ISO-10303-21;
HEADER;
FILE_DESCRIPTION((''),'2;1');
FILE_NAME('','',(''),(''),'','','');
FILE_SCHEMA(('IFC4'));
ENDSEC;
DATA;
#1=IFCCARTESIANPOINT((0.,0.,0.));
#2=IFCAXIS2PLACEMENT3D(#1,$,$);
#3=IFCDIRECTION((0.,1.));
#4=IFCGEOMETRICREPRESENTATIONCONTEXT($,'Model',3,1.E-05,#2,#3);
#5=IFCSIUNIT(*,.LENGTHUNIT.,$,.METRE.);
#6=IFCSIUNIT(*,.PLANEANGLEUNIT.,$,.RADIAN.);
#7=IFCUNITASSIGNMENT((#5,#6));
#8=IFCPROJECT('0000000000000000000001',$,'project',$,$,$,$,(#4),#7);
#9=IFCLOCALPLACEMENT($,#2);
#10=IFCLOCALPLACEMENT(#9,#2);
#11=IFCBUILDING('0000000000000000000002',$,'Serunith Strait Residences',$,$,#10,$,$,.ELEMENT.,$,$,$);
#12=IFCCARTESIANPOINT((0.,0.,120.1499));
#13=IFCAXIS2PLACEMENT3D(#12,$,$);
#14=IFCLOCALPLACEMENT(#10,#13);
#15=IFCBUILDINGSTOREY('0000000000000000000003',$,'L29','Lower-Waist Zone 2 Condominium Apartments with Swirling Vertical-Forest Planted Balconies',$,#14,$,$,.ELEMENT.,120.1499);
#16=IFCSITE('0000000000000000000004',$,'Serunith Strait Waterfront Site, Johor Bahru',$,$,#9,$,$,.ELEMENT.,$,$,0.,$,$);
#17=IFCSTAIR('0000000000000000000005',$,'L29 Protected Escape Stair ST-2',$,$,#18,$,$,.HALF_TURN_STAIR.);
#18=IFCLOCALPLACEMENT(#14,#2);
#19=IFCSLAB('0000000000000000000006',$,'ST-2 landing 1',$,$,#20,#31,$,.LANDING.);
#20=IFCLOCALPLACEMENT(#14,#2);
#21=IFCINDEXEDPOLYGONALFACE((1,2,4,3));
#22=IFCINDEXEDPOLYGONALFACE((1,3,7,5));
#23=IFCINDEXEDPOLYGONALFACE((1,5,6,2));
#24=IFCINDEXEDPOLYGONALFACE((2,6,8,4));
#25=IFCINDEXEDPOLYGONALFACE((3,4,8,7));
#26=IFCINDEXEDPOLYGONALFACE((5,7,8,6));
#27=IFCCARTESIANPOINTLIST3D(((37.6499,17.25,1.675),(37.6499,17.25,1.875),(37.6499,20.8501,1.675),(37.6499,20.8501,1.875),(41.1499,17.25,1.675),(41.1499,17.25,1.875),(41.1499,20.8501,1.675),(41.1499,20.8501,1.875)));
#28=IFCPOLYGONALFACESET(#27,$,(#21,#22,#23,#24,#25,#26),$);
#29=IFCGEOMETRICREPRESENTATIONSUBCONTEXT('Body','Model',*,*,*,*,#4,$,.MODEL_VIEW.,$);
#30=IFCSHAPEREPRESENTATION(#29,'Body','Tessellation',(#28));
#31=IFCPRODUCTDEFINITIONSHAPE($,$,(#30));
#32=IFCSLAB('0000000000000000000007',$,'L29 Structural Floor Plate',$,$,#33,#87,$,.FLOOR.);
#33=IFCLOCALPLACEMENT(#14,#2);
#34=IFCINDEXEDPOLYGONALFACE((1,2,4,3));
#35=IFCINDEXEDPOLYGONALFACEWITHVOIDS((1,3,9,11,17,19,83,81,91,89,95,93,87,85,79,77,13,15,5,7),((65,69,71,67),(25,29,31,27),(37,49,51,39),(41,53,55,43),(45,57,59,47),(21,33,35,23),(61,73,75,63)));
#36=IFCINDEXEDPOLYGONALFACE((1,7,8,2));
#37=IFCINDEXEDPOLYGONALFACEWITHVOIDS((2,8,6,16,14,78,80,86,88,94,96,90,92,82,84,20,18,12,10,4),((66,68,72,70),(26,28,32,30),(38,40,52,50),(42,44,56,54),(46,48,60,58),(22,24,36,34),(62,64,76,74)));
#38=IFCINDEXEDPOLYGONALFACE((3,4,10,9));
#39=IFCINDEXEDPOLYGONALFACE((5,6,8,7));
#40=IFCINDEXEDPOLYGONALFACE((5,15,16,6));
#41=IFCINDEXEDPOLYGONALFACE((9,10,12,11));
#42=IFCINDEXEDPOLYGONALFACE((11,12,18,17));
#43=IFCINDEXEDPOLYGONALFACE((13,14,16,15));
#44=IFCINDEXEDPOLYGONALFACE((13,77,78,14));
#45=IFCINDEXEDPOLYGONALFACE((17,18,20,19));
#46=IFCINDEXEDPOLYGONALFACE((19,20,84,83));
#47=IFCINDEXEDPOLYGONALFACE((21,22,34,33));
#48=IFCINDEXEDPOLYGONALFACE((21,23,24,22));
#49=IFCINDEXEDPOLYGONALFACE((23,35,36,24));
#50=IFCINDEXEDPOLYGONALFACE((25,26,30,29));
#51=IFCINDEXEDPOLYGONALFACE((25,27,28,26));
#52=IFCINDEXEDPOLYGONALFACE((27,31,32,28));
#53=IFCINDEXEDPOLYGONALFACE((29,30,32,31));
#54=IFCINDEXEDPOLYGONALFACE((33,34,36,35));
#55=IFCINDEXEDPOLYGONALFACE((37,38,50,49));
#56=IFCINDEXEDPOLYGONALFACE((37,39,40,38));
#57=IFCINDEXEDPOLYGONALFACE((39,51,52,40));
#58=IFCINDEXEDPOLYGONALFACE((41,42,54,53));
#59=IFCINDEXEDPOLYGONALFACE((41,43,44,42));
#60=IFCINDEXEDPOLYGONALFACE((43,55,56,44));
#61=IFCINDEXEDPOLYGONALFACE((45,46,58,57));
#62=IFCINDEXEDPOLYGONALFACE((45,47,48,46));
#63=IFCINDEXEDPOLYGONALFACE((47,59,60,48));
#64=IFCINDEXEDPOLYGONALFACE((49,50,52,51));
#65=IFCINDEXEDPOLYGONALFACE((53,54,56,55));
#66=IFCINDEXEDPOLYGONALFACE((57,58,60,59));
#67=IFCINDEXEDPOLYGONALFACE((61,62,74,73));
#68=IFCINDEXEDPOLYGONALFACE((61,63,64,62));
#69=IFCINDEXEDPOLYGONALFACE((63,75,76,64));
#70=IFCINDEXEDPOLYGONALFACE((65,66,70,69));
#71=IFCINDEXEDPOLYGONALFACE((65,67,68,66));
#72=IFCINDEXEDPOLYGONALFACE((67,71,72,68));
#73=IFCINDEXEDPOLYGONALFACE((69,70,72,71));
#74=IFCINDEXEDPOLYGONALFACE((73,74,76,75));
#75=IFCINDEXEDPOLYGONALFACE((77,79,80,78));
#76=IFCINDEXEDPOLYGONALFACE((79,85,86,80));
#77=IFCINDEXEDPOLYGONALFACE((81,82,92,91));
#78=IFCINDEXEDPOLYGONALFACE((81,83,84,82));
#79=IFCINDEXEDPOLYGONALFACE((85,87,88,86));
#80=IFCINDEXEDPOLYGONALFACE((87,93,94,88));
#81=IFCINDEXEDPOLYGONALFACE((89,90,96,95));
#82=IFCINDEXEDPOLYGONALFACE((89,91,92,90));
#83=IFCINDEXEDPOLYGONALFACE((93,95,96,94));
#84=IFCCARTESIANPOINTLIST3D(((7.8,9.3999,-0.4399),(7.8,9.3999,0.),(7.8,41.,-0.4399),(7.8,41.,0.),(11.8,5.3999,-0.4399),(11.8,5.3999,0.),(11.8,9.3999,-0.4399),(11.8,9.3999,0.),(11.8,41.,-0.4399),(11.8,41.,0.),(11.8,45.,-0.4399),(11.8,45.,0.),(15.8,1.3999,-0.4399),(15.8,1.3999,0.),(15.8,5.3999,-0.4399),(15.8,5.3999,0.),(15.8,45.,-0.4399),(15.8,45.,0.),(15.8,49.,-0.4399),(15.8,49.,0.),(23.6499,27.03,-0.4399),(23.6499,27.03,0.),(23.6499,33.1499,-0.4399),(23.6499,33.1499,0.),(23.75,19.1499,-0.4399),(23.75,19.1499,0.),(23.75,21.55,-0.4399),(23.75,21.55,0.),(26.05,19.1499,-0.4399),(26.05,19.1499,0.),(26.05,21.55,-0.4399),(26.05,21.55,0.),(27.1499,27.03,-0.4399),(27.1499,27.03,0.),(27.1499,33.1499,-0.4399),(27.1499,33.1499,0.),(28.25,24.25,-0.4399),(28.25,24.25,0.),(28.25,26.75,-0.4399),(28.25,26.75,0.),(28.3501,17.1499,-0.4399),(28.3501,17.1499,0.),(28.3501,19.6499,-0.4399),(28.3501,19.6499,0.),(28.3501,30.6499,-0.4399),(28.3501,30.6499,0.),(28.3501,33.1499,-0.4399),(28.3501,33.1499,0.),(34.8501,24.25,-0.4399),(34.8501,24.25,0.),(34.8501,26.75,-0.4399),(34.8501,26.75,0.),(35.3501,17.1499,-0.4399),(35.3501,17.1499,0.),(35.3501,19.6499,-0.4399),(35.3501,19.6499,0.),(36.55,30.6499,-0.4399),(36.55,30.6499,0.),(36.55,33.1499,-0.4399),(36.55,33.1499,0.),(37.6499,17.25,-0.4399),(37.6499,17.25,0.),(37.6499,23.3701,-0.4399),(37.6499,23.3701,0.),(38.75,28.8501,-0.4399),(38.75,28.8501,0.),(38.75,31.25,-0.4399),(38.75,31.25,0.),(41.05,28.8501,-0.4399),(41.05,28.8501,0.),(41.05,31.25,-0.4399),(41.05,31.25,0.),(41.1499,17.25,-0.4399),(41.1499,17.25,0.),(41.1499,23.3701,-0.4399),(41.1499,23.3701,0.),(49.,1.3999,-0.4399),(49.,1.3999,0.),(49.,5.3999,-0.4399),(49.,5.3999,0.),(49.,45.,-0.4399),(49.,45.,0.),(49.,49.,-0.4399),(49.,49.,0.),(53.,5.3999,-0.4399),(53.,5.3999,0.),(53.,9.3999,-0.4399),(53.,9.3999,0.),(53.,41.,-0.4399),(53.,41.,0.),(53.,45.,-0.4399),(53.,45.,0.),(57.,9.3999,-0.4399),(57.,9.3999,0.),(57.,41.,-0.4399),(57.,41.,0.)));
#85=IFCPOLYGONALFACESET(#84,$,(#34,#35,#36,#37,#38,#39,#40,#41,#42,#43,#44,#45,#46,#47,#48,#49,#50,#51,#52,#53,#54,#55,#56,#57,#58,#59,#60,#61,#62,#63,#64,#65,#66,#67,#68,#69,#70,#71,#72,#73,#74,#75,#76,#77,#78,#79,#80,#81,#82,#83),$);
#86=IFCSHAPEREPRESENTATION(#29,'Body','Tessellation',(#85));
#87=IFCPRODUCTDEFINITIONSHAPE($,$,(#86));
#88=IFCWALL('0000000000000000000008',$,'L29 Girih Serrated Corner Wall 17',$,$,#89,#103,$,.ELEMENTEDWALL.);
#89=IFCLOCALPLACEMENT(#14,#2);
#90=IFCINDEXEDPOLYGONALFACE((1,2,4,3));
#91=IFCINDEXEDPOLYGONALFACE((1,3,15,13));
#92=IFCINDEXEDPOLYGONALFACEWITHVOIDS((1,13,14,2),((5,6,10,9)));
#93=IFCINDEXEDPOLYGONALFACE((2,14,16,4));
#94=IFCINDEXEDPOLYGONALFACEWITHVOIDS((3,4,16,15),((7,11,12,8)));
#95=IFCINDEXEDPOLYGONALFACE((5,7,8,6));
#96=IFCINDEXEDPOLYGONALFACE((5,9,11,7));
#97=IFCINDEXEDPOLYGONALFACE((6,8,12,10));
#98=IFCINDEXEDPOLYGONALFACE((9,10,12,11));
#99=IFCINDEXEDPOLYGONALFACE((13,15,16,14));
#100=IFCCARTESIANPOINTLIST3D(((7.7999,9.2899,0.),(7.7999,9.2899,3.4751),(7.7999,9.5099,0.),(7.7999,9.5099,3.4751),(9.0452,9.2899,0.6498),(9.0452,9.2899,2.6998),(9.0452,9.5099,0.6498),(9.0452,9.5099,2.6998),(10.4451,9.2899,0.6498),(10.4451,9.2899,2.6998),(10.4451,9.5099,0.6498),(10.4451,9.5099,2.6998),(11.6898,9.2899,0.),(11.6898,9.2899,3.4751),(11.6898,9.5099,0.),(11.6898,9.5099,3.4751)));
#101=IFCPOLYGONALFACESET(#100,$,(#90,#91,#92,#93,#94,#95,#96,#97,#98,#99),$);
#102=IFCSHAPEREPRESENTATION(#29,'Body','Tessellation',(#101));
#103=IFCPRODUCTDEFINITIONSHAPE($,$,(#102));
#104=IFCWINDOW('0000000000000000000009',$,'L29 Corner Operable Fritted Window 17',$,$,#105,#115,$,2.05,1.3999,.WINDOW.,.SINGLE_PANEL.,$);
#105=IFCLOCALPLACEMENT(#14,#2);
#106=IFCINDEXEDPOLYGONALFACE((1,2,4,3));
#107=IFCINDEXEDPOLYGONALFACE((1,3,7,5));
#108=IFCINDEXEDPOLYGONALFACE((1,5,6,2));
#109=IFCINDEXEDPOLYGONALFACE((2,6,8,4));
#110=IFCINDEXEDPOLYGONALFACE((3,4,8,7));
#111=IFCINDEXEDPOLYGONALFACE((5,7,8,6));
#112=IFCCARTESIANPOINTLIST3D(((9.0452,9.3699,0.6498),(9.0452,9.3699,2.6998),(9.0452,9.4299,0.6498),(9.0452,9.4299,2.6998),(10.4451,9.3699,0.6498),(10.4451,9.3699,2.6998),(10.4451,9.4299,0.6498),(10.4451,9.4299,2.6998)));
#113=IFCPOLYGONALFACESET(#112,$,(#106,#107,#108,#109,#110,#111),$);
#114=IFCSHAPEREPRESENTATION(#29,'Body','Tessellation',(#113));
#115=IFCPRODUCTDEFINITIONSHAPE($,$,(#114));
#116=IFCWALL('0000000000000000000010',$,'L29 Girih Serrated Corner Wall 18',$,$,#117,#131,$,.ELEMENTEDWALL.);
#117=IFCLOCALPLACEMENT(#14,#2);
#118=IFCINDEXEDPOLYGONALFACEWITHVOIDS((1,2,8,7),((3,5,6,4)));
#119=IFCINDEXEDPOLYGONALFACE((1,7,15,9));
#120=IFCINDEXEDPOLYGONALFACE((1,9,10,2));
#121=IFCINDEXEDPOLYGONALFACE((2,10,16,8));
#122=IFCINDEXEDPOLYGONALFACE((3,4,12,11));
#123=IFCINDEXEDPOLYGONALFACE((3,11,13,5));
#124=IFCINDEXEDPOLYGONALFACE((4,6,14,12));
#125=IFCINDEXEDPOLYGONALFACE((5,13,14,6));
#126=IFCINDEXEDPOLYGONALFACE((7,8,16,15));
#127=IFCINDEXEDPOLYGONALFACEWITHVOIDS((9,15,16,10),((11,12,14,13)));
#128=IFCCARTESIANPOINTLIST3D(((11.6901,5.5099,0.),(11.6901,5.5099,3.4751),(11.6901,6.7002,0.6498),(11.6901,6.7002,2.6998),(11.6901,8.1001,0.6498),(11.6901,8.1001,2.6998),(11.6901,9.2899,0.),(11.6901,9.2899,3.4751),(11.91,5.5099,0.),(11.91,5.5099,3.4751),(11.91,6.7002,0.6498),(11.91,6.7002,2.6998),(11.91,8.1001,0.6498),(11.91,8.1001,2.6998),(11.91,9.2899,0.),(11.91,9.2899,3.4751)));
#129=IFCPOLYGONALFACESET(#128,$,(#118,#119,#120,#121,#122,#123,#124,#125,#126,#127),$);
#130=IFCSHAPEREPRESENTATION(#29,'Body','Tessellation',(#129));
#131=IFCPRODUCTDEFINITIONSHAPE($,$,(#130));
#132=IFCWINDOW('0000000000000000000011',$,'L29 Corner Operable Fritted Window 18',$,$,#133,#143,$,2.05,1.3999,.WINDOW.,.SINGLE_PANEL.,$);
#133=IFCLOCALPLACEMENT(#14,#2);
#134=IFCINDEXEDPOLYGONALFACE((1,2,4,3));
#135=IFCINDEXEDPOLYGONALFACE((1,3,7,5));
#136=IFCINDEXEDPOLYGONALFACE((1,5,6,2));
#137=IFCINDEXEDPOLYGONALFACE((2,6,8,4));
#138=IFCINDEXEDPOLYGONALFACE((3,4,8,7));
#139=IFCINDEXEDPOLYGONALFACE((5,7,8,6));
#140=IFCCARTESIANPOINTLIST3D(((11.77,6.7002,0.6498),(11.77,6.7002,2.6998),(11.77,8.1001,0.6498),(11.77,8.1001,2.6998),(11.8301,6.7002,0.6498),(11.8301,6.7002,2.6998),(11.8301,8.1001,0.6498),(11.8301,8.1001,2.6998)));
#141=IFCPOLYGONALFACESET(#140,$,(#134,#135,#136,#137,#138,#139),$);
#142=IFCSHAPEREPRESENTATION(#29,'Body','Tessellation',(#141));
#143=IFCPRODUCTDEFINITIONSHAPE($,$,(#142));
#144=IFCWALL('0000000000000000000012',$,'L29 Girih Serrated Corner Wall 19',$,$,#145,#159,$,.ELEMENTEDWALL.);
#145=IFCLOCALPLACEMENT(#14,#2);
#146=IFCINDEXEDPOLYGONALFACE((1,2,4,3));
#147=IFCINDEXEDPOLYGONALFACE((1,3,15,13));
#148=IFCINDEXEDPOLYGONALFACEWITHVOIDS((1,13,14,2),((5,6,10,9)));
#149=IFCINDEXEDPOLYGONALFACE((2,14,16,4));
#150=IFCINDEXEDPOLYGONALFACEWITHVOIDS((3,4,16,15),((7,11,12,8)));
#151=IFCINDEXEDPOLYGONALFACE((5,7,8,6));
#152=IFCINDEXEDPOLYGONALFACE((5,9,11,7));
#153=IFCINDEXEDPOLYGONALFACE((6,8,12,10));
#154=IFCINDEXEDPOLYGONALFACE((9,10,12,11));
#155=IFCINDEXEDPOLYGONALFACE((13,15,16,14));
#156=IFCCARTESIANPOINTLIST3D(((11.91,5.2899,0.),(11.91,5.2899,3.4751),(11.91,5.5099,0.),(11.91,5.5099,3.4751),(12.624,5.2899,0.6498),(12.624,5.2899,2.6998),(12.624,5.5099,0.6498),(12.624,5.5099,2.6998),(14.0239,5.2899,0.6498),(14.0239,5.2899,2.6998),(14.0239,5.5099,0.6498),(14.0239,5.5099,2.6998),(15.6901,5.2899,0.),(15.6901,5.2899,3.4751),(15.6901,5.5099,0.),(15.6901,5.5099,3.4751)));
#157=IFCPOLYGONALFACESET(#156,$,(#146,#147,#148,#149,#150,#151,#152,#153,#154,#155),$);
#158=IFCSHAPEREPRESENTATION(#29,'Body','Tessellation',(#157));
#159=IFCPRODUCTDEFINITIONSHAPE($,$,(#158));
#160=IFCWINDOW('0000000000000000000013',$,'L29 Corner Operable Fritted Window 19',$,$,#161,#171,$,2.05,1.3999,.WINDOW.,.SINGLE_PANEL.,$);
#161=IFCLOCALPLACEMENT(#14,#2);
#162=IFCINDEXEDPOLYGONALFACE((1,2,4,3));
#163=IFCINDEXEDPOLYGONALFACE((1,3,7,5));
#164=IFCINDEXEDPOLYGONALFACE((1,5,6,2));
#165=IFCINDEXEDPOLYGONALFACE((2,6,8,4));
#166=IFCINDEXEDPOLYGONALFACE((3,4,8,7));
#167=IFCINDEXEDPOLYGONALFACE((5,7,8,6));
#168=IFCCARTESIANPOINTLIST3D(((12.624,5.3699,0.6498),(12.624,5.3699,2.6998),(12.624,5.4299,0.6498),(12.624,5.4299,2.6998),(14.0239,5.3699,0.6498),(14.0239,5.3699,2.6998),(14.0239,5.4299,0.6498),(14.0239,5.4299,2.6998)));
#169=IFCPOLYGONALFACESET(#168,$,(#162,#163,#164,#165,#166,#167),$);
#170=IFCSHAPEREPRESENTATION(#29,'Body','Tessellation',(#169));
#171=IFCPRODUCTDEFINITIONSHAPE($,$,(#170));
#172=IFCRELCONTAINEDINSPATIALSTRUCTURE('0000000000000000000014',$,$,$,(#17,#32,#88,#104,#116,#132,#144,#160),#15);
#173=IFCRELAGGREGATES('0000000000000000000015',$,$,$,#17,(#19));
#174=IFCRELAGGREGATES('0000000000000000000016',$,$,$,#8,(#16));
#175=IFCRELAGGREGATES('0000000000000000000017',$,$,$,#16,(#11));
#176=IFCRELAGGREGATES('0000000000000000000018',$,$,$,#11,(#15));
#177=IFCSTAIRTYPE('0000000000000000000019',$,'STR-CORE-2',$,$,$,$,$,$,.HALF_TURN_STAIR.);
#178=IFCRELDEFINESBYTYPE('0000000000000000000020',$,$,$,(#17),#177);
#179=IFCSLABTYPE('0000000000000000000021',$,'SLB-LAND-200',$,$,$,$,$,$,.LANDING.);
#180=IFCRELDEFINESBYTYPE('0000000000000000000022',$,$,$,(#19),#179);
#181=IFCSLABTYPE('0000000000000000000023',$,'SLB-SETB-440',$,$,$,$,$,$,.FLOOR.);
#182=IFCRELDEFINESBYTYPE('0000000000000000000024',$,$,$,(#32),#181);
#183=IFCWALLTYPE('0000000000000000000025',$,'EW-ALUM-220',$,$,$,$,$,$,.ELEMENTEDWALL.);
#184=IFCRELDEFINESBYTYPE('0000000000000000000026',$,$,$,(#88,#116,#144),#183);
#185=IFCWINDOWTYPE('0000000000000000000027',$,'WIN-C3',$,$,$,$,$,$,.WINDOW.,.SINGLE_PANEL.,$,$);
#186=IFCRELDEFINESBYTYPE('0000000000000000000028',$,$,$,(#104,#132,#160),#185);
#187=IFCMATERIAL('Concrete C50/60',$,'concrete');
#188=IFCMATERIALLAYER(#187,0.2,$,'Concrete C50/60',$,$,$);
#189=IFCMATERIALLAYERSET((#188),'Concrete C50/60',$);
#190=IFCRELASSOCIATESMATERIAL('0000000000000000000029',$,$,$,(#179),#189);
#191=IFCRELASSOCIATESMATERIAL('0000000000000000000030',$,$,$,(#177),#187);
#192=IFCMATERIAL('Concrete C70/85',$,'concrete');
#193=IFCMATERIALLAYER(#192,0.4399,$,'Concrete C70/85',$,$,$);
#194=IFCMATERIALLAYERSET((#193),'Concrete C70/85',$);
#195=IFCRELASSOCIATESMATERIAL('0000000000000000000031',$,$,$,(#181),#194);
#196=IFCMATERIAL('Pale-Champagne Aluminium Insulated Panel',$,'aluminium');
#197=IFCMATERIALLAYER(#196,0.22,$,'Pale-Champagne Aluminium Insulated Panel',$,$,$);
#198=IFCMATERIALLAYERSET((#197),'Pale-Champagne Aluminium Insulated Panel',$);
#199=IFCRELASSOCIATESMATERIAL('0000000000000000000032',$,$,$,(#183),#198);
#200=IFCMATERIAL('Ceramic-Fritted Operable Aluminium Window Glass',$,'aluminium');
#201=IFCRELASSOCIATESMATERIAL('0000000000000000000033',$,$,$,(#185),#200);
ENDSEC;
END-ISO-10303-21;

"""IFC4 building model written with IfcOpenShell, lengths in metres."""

from ifc_helpers import new_model, si_unit, direction, frame, frame_2d, origin, place, context, subcontext, project, spatial, polyline, rectangle, outline, extrude, source, transform, mapped, material, layer, layer_set, type_object, element, fill, aggregate, save


model = new_model("IFC4")

# Units and contexts
model_context = context("Model", 3, precision=1e-05, world=origin(), true_north=direction((0.0, 1.0)))
body_context = subcontext(model_context, "Body", "Model", "MODEL_VIEW")
ifc_project = project(units=[si_unit("LENGTHUNIT", "METRE"), si_unit("PLANEANGLEUNIT", "RADIAN")], contexts=[model_context])

# Site, building, storey
site_placement = place(None, origin())
site = spatial("IfcSite", under=ifc_project, at=site_placement, Name="Serunith Strait Waterfront Site, Johor Bahru", CompositionType="ELEMENT", RefElevation=0.0)
building_placement = place(site_placement, origin())
building = spatial("IfcBuilding", under=site, at=building_placement, Name="Serunith Strait Residences", CompositionType="ELEMENT")
storey_placement = place(building_placement, frame((0.0, 0.0, 120.1499)))
storey = spatial("IfcBuildingStorey", under=building, at=storey_placement, Name="L29", Description="Lower-Waist Zone 2 Condominium Apartments with Swirling Vertical-Forest Planted Balconies", CompositionType="ELEMENT", Elevation=120.1499)

# Shared definitions
ifc_material_1 = material(Name="Concrete C50/60", Category="concrete")

# Stair, slab
ifc_layer_1 = layer(ifc_material_1, 0.2, Name="Concrete C50/60")
ifc_layer_set_1 = layer_set([ifc_layer_1], Name="Concrete C50/60")
slab_type_1 = type_object("IfcSlabType", Name="SLB-LAND-200", PredefinedType="LANDING", material=ifc_layer_set_1)
stair_type_1 = type_object("IfcStairType", Name="STR-CORE-2", PredefinedType="HALF_TURN_STAIR", material=ifc_material_1)
stair_1_placement = place(storey_placement, origin())
stair_1 = element("IfcStair", 1, at=stair_1_placement, inside=storey, type_object=stair_type_1, Name="L29 Protected Escape Stair ST-2", PredefinedType="HALF_TURN_STAIR")
slab_1_placement = place(storey_placement, frame((0.0, 0.0, 1.675)))
slab_1 = element("IfcSlab", 2, at=slab_1_placement, type_object=slab_type_1, Name="ST-2 landing 1", PredefinedType="LANDING", context=body_context, shape_type="SweptSolid", body=[
    extrude(outline(polyline([(37.6499, 20.8501), (37.6499, 17.25), (41.1499, 17.25), (41.1499, 20.8501), (37.6499, 20.8501)])), origin(), (0.0, 0.0, 1.0), 0.2),
])
aggregate(stair_1, [slab_1])

# Slab
ifc_material_2 = material(Name="Concrete C70/85", Category="concrete")
ifc_layer_2 = layer(ifc_material_2, 0.4399, Name="Concrete C70/85")
ifc_layer_set_2 = layer_set([ifc_layer_2], Name="Concrete C70/85")
slab_type_2 = type_object("IfcSlabType", Name="SLB-SETB-440", PredefinedType="FLOOR", material=ifc_layer_set_2)
slab_2_placement = place(storey_placement, frame((0.0, 0.0, -0.4399)))
element("IfcSlab", 3, at=slab_2_placement, inside=storey, type_object=slab_type_2, Name="L29 Structural Floor Plate", PredefinedType="FLOOR", context=body_context, shape_type="SweptSolid", body=[
    extrude(outline(polyline([(15.8, 5.3999), (11.8, 5.3999), (11.8, 9.3999), (7.8, 9.3999), (7.8, 41.0), (11.8, 41.0), (11.8, 45.0), (15.8, 45.0), (15.8, 49.0), (49.0, 49.0), (49.0, 45.0), (53.0, 45.0), (53.0, 41.0), (57.0, 41.0), (57.0, 9.3999), (53.0, 9.3999), (53.0, 5.3999), (49.0, 5.3999), (49.0, 1.3999), (15.8, 1.3999), (15.8, 5.3999)]), holes=[polyline([(41.1499, 17.25), (41.1499, 23.3701), (37.6499, 23.3701), (37.6499, 17.25), (41.1499, 17.25)]), polyline([(41.05, 31.25), (38.75, 31.25), (38.75, 28.8501), (41.05, 28.8501), (41.05, 31.25)]), polyline([(36.55, 33.1499), (28.3501, 33.1499), (28.3501, 30.6499), (36.55, 30.6499), (36.55, 33.1499)]), polyline([(28.3501, 19.6499), (28.3501, 17.1499), (35.3501, 17.1499), (35.3501, 19.6499), (28.3501, 19.6499)]), polyline([(34.8501, 26.75), (28.25, 26.75), (28.25, 24.25), (34.8501, 24.25), (34.8501, 26.75)]), polyline([(23.6499, 33.1499), (23.6499, 27.03), (27.1499, 27.03), (27.1499, 33.1499), (23.6499, 33.1499)]), polyline([(26.05, 21.55), (23.75, 21.55), (23.75, 19.1499), (26.05, 19.1499), (26.05, 21.55)])]), origin(), (0.0, 0.0, 1.0), 0.4399),
])

# Walls, openings, windows
ifc_material_3 = material(Name="Pale-Champagne Aluminium Insulated Panel", Category="aluminium")
ifc_layer_3 = layer(ifc_material_3, 0.22, Name="Pale-Champagne Aluminium Insulated Panel")
ifc_layer_set_3 = layer_set([ifc_layer_3], Name="Pale-Champagne Aluminium Insulated Panel")
wall_type_1 = type_object("IfcWallType", Name="EW-ALUM-220", PredefinedType="ELEMENTEDWALL", material=ifc_layer_set_3)
wall_1_placement = place(storey_placement, frame((7.8, 9.3999, 0.0), z_axis=(0.0, 0.0, 1.0), x_axis=(1.0, 0.0, 0.0)))
wall_1 = element("IfcWall", 4, at=wall_1_placement, inside=storey, type_object=wall_type_1, Name="L29 Girih Serrated Corner Wall 17", PredefinedType="ELEMENTEDWALL", context=body_context, shape_type="SweptSolid", body=[
    extrude(rectangle(XDim=3.8899, YDim=0.22, at=frame_2d((1.9448, 0.0))), origin(), (0.0, 0.0, 1.0), 3.4751),
])
opening_1_placement = place(wall_1_placement, frame((1.2451, 0.0, 0.6499)))
opening_1 = element("IfcOpeningElement", 5, at=opening_1_placement, cuts=wall_1, PredefinedType="OPENING", context=body_context, shape_type="SweptSolid", body=[
    extrude(rectangle(XDim=1.3999, YDim=2.05, at=frame_2d((0.7, 1.0249))), frame((0.0, 0.1201, 0.0), z_axis=(0.0, -1.0, 0.0), x_axis=(1.0, 0.0, 0.0)), (0.0, 0.0, 1.0), 0.24),
])
ifc_material_4 = material(Name="Ceramic-Fritted Operable Aluminium Window Glass", Category="aluminium")
window_type = type_object("IfcWindowType", Name="WIN-C3", PartitioningType="SINGLE_PANEL", PredefinedType="WINDOW", material=ifc_material_4)
shared_shape_1 = source(origin(), body_context, "Body", "SweptSolid", [
    extrude(rectangle(XDim=1.3999, YDim=2.05, at=frame_2d((0.7, 1.0249))), frame((0.0, 0.03, 0.0), z_axis=(0.0, -1.0, 0.0), x_axis=(1.0, 0.0, 0.0)), (0.0, 0.0, 1.0), 0.0601),
])
window_1_placement = place(opening_1_placement, origin())
window_1 = element("IfcWindow", 6, at=window_1_placement, inside=storey, type_object=window_type, Name="L29 Corner Operable Fritted Window 17", OverallHeight=2.05, OverallWidth=1.3999, PartitioningType="SINGLE_PANEL", PredefinedType="WINDOW", context=body_context, shape_type="MappedRepresentation", body=[
    mapped(shared_shape_1, transform((0.0, 0.0, 0.0), scale=1.0)),
])
fill(opening_1, window_1)
wall_2_placement = place(storey_placement, frame((11.8, 9.29, 0.0), z_axis=(0.0, 0.0, 1.0), x_axis=(0.0, -1.0, 0.0)))
wall_2 = element("IfcWall", 7, at=wall_2_placement, inside=storey, type_object=wall_type_1, Name="L29 Girih Serrated Corner Wall 18", PredefinedType="ELEMENTEDWALL", context=body_context, shape_type="SweptSolid", body=[
    extrude(rectangle(XDim=3.78, YDim=0.22, at=frame_2d((1.8901, 0.0))), origin(), (0.0, 0.0, 1.0), 3.4751),
])
opening_2_placement = place(wall_2_placement, frame((1.1899, 0.0, 0.6499)))
opening_2 = element("IfcOpeningElement", 8, at=opening_2_placement, cuts=wall_2, PredefinedType="OPENING", context=body_context, shape_type="SweptSolid", body=[
    extrude(rectangle(XDim=1.3999, YDim=2.05, at=frame_2d((0.7, 1.0249))), frame((0.0, 0.1201, 0.0), z_axis=(0.0, -1.0, 0.0), x_axis=(1.0, 0.0, 0.0)), (0.0, 0.0, 1.0), 0.24),
])
window_2_placement = place(opening_2_placement, origin())
window_2 = element("IfcWindow", 9, at=window_2_placement, inside=storey, type_object=window_type, Name="L29 Corner Operable Fritted Window 18", OverallHeight=2.05, OverallWidth=1.3999, PartitioningType="SINGLE_PANEL", PredefinedType="WINDOW", context=body_context, shape_type="MappedRepresentation", body=[
    mapped(shared_shape_1, transform((0.0, 0.0, 0.0), scale=1.0)),
])
fill(opening_2, window_2)
wall_3_placement = place(storey_placement, frame((11.9099, 5.3999, 0.0), z_axis=(0.0, 0.0, 1.0), x_axis=(1.0, 0.0, 0.0)))
wall_3 = element("IfcWall", 10, at=wall_3_placement, inside=storey, type_object=wall_type_1, Name="L29 Girih Serrated Corner Wall 19", PredefinedType="ELEMENTEDWALL", context=body_context, shape_type="SweptSolid", body=[
    extrude(rectangle(XDim=3.78, YDim=0.22, at=frame_2d((1.8901, 0.0))), origin(), (0.0, 0.0, 1.0), 3.4751),
])
opening_3_placement = place(wall_3_placement, frame((0.7141, 0.0, 0.6499)))
opening_3 = element("IfcOpeningElement", 11, at=opening_3_placement, cuts=wall_3, PredefinedType="OPENING", context=body_context, shape_type="SweptSolid", body=[
    extrude(rectangle(XDim=1.3999, YDim=2.05, at=frame_2d((0.7, 1.0249))), frame((0.0, 0.1201, 0.0), z_axis=(0.0, -1.0, 0.0), x_axis=(1.0, 0.0, 0.0)), (0.0, 0.0, 1.0), 0.24),
])
window_3_placement = place(opening_3_placement, origin())
window_3 = element("IfcWindow", 12, at=window_3_placement, inside=storey, type_object=window_type, Name="L29 Corner Operable Fritted Window 19", OverallHeight=2.05, OverallWidth=1.3999, PartitioningType="SINGLE_PANEL", PredefinedType="WINDOW", context=body_context, shape_type="MappedRepresentation", body=[
    mapped(shared_shape_1, transform((0.0, 0.0, 0.0), scale=1.0)),
])
fill(opening_3, window_3)

save(model, "model.ifc")
